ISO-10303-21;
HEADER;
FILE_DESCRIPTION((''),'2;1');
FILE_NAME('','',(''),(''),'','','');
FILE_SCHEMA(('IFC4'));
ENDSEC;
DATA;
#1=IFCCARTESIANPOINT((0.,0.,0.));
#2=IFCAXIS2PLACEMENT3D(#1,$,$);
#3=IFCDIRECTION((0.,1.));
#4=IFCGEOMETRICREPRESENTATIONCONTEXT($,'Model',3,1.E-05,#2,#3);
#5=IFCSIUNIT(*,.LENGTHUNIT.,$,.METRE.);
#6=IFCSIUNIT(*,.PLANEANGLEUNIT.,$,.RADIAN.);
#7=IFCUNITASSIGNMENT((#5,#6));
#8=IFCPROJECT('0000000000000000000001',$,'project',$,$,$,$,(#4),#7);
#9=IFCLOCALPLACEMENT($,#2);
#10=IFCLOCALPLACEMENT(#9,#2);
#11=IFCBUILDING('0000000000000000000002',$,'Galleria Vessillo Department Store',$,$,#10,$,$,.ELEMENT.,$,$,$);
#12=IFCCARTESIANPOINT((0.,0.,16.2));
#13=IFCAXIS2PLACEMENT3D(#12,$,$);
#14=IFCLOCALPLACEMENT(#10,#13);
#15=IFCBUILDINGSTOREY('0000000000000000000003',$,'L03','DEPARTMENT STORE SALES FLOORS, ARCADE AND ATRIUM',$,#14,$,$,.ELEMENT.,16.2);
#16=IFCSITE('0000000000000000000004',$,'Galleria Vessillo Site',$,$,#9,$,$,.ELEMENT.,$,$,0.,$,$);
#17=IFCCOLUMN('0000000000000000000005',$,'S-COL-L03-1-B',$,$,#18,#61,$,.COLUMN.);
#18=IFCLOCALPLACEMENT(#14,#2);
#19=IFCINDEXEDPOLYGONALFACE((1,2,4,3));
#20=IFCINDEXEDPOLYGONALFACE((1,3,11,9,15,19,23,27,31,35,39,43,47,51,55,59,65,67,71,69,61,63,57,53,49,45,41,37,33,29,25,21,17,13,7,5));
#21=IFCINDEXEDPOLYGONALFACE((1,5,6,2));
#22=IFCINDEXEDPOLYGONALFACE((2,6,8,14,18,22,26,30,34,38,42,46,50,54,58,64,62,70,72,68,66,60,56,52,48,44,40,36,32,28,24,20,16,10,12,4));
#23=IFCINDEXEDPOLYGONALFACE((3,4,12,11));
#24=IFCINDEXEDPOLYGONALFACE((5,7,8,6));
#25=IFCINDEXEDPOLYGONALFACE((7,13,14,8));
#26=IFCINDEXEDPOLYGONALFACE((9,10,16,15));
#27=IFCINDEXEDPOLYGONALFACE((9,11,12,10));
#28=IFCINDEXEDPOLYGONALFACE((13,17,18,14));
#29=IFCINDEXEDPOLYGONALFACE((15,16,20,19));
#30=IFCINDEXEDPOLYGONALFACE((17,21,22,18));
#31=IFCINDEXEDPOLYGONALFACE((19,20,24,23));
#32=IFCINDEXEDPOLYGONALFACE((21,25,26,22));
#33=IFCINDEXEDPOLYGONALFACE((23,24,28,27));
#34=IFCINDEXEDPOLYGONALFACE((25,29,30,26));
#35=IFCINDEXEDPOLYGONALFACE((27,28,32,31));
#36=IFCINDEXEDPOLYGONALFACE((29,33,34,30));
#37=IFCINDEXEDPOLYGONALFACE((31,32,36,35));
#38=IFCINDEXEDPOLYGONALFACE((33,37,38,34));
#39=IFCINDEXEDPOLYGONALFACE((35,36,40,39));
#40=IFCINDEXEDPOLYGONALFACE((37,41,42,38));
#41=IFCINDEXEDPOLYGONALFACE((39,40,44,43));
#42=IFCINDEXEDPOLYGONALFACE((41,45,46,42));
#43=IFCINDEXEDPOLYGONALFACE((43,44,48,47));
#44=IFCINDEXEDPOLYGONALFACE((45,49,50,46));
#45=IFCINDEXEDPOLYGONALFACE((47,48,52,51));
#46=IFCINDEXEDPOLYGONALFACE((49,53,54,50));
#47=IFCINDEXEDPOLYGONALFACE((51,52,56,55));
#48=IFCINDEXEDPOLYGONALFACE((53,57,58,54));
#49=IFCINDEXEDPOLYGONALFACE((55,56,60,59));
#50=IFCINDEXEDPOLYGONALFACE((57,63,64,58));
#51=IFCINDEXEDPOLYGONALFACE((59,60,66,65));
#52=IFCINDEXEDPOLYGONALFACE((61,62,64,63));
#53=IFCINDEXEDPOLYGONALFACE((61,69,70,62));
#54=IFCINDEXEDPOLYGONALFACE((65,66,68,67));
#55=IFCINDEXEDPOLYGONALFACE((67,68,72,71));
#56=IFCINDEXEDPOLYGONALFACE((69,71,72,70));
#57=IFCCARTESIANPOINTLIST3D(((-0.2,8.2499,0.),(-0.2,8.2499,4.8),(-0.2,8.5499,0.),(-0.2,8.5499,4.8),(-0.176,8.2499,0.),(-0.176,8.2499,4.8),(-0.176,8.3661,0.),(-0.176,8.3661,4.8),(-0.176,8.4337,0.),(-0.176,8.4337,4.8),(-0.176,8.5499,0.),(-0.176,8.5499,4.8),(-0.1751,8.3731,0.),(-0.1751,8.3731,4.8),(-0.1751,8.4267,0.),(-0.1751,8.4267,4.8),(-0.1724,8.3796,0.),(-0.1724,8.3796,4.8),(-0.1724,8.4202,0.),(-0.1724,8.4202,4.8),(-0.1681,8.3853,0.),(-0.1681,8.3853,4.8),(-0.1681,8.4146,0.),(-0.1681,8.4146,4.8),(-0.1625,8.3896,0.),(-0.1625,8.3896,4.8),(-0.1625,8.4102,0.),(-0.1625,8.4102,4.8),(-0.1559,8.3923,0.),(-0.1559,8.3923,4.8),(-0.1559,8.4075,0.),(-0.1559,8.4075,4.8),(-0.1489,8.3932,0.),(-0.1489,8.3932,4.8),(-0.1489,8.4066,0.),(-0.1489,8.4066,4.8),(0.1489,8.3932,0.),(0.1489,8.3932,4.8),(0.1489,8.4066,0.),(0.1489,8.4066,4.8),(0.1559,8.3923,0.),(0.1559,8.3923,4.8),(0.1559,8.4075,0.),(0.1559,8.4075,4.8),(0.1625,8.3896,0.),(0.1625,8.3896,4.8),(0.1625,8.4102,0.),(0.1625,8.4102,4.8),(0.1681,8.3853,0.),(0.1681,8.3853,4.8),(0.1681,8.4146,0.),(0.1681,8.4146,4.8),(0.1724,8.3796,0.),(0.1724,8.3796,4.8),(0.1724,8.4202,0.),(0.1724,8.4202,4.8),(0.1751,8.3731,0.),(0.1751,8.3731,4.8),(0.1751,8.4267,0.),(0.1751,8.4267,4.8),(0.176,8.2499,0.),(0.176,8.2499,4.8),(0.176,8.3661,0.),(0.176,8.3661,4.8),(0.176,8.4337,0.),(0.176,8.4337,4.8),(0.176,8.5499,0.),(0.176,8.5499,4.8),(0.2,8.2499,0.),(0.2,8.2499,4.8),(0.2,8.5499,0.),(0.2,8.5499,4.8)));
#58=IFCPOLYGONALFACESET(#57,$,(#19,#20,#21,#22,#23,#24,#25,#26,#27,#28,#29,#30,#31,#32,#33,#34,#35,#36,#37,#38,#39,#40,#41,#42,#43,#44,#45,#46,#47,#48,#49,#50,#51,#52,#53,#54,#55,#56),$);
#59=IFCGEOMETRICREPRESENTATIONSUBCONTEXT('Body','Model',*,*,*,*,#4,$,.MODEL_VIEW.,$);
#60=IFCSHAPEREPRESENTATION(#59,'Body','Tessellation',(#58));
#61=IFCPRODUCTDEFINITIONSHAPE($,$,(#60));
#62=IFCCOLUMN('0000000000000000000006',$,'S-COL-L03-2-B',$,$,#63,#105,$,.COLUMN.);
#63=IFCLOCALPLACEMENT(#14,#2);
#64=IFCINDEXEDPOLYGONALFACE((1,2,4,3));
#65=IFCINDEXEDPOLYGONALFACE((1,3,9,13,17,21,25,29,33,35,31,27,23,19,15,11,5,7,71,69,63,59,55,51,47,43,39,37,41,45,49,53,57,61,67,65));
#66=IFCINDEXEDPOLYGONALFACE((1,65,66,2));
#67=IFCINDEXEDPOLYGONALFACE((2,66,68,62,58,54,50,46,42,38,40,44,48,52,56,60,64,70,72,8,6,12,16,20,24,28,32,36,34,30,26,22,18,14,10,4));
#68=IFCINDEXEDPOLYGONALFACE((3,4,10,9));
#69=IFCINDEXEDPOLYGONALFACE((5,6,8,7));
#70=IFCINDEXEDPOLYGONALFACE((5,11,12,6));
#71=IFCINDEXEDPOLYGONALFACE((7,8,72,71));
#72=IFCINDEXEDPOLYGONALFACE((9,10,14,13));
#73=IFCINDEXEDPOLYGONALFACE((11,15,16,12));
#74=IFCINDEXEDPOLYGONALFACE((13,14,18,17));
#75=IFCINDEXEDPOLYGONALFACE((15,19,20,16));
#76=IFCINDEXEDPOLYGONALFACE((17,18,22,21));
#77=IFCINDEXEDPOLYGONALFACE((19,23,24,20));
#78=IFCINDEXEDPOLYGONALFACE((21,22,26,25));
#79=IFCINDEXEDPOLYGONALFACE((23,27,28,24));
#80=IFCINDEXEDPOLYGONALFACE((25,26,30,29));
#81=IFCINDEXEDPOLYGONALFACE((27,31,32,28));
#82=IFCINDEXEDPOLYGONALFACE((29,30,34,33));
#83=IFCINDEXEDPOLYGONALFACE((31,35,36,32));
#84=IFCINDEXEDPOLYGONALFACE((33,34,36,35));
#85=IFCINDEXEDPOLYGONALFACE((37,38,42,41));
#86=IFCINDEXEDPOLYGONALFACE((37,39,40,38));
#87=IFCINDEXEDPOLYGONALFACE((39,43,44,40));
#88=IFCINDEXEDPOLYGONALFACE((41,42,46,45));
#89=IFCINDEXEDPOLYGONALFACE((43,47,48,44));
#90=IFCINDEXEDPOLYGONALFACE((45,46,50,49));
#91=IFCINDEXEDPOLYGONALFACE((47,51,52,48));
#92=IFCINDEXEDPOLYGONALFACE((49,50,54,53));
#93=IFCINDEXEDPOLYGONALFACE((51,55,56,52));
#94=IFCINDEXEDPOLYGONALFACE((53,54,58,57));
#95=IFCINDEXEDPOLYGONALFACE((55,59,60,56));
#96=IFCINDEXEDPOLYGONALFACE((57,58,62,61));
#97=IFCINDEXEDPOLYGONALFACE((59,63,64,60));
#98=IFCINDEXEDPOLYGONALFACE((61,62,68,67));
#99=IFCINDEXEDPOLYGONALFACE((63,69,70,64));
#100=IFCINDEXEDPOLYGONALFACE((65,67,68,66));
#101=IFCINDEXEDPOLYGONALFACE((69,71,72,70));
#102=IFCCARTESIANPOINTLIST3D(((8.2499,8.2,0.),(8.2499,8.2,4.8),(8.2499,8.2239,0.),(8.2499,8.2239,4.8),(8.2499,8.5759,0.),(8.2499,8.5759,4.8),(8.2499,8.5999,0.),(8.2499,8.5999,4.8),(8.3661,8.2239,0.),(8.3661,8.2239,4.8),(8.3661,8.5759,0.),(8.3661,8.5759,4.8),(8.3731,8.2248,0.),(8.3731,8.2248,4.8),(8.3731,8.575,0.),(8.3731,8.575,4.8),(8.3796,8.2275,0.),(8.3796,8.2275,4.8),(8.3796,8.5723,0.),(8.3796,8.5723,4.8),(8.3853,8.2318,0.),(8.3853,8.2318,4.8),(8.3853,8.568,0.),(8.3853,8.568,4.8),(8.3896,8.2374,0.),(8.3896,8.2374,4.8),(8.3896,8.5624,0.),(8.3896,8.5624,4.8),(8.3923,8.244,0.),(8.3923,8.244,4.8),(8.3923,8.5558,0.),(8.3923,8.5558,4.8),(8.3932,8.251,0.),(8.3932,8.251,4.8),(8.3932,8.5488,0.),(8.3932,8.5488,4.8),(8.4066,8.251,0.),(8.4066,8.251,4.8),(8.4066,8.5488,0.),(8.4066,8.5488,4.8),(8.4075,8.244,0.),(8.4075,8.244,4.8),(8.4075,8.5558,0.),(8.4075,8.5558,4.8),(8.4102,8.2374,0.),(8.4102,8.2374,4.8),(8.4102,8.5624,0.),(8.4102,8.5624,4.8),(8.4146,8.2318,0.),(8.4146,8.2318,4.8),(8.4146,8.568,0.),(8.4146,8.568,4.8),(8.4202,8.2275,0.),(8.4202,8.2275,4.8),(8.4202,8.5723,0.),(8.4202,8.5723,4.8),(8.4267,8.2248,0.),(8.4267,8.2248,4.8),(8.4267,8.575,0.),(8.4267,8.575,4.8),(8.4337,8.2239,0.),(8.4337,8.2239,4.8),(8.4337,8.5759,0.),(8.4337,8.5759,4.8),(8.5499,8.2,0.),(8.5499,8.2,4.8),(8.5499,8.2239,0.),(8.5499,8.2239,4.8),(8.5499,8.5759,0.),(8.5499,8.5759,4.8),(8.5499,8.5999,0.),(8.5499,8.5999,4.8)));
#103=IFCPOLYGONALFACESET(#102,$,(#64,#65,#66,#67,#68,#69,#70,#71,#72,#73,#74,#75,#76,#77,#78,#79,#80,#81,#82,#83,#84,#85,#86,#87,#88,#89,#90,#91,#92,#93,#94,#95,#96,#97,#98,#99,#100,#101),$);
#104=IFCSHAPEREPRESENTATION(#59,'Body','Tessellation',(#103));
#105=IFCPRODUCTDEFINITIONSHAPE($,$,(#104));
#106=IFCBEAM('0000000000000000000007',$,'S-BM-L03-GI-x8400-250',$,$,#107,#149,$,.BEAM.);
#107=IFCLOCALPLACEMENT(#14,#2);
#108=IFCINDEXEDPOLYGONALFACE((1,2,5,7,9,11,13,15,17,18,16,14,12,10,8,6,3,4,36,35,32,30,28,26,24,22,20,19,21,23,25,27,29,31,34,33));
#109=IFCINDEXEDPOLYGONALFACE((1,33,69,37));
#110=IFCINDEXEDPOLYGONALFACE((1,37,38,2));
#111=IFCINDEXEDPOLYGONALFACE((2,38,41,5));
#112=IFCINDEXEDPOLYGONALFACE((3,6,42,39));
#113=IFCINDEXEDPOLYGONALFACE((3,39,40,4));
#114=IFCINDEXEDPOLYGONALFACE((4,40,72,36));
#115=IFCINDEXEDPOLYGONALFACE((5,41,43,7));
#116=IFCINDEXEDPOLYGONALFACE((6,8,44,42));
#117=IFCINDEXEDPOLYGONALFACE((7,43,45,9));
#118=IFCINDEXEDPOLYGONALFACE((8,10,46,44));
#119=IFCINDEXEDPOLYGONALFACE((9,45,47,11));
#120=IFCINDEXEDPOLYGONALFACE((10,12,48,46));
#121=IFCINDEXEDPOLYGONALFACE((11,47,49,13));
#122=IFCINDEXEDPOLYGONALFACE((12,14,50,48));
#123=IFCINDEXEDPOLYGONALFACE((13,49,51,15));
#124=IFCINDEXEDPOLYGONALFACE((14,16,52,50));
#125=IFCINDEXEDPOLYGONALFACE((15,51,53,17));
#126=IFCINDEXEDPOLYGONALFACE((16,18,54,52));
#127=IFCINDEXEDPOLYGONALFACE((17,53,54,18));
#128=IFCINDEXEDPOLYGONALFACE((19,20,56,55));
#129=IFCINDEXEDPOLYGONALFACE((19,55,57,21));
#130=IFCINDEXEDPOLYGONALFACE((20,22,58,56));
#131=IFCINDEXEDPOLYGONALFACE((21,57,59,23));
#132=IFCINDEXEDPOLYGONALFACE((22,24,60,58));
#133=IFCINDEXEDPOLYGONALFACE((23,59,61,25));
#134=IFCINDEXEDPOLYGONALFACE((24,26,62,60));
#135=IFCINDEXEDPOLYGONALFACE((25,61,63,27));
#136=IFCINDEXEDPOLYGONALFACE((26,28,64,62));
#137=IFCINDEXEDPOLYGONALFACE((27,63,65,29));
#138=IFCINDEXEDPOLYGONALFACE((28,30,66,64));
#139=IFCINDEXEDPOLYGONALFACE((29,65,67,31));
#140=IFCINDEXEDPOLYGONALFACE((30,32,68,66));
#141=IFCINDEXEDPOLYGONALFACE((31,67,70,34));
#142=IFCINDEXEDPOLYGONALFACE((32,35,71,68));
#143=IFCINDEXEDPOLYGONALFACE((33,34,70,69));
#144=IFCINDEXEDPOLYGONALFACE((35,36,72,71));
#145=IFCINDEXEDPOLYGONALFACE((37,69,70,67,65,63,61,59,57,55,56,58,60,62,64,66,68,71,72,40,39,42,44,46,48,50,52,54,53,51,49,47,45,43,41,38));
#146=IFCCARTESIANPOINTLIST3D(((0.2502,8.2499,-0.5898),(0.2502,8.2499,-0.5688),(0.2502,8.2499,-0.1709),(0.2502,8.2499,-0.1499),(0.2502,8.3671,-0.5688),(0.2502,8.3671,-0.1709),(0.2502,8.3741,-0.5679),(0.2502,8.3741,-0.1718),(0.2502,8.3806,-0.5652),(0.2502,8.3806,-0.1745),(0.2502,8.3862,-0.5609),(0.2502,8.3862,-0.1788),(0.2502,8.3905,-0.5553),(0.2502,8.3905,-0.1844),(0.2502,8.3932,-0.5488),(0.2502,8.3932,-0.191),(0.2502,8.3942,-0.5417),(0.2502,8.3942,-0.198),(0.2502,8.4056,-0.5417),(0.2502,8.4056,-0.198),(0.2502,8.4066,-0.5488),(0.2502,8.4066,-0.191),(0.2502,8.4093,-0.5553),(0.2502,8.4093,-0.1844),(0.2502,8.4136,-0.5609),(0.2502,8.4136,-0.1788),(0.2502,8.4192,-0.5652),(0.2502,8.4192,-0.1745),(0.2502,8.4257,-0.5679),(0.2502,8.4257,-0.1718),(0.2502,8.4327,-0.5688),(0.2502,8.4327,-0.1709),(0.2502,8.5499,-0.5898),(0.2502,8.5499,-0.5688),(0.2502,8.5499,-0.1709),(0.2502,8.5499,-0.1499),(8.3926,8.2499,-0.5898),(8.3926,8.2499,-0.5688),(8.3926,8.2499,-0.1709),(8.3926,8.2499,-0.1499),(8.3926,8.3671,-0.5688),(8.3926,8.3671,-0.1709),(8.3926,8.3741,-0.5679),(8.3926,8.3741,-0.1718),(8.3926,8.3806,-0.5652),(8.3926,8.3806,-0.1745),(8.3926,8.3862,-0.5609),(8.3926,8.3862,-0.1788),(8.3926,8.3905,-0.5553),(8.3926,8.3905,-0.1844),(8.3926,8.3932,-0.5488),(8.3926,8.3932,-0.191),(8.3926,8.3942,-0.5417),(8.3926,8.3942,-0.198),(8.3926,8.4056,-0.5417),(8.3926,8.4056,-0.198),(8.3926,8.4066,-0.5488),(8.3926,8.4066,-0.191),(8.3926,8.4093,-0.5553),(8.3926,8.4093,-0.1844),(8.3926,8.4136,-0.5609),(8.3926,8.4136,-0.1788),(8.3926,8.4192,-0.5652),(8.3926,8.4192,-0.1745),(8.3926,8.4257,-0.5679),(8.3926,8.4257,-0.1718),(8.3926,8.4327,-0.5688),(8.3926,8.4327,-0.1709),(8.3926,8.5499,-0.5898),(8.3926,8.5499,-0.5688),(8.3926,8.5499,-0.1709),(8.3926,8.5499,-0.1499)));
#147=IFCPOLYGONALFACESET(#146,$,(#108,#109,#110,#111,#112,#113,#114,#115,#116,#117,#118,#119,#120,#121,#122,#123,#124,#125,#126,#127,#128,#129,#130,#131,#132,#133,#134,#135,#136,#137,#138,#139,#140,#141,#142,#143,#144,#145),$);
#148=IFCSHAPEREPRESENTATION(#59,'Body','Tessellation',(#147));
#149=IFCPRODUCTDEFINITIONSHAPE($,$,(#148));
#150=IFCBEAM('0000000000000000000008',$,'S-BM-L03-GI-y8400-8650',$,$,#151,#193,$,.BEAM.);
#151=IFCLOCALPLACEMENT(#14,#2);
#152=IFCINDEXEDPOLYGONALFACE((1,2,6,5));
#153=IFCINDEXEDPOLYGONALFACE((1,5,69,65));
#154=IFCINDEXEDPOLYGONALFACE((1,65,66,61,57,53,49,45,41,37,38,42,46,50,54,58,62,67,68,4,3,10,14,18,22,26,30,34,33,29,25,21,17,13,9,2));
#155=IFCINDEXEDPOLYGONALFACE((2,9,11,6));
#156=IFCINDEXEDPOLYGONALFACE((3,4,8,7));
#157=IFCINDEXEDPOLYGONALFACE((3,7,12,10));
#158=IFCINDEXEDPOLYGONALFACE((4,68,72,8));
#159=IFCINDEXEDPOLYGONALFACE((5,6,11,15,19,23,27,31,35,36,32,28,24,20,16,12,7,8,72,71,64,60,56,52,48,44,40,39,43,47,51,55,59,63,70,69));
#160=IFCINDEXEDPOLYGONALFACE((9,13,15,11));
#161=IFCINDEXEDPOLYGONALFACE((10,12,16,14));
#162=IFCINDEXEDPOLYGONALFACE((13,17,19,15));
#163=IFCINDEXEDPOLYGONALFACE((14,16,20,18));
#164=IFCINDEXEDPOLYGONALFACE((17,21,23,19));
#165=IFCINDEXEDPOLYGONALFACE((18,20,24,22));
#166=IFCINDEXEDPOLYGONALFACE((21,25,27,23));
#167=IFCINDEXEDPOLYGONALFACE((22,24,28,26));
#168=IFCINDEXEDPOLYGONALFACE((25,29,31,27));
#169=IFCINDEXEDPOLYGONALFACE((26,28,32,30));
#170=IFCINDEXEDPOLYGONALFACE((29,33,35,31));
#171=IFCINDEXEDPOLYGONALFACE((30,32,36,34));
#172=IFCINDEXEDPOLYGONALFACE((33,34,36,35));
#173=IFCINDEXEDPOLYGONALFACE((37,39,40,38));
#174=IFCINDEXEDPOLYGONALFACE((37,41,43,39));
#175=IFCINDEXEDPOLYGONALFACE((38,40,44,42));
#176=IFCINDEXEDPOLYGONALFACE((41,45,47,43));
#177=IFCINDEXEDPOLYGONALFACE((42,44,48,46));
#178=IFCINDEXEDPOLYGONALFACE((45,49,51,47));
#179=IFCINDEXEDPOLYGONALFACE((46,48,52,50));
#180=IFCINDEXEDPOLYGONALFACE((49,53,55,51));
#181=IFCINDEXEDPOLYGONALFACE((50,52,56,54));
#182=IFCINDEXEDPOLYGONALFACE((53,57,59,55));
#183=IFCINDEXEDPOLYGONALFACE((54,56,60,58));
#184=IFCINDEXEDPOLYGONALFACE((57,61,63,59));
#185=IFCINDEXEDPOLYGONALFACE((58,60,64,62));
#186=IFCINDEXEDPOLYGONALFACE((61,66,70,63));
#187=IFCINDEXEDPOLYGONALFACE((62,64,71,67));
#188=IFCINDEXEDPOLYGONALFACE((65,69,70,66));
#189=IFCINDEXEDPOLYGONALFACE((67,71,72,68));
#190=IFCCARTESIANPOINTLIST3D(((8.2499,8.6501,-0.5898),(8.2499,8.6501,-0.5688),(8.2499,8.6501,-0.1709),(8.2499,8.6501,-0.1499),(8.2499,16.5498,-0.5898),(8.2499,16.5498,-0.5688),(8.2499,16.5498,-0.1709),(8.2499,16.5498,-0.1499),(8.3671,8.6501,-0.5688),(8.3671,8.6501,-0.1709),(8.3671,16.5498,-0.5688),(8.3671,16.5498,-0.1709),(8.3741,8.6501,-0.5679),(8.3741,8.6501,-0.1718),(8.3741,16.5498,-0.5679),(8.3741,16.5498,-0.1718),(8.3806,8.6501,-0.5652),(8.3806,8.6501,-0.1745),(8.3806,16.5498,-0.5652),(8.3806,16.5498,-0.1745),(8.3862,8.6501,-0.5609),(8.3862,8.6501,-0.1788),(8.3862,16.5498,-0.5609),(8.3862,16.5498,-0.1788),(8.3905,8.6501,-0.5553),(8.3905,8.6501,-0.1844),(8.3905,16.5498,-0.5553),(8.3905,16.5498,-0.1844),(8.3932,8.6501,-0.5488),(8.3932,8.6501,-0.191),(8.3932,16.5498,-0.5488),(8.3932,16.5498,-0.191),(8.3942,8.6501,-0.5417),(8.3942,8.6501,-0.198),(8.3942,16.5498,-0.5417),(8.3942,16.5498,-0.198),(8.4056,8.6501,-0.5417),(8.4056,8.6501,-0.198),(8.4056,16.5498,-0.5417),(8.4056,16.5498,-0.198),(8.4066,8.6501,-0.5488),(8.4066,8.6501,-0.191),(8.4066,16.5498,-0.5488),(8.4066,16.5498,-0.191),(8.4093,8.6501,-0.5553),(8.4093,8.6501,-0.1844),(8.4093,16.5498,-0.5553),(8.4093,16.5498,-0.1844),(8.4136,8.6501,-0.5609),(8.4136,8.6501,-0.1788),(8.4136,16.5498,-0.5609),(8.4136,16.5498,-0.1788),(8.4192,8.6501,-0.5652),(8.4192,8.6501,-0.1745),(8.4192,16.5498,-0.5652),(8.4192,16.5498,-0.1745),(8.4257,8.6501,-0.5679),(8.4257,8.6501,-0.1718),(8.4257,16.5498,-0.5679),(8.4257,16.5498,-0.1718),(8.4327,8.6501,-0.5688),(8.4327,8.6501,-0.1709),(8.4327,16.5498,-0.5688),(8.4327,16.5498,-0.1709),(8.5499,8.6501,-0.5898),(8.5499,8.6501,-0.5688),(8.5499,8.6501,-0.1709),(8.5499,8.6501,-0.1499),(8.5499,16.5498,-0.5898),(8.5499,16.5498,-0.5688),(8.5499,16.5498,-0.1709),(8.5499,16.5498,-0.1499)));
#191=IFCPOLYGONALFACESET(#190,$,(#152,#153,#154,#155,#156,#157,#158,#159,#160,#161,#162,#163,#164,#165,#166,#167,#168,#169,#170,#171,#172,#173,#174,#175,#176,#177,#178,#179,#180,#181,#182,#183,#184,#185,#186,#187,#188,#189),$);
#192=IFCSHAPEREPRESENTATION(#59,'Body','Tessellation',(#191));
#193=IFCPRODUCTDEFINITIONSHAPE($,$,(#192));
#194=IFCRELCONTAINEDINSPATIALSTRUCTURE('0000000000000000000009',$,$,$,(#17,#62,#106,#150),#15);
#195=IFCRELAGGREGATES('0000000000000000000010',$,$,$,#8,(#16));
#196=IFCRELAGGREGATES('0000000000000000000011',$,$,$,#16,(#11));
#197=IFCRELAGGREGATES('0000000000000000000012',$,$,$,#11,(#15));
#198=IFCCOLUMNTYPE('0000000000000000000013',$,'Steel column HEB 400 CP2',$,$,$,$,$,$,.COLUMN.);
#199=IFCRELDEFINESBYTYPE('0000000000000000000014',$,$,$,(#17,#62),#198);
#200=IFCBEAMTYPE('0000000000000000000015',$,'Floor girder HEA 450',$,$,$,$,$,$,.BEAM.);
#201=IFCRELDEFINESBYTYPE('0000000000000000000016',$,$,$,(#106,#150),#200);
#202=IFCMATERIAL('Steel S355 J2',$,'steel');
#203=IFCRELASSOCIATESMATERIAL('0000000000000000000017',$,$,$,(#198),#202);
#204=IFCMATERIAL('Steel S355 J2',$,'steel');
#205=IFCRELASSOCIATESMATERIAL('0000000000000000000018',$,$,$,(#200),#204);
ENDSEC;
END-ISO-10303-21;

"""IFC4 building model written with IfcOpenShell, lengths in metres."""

from ifc_helpers import new_model, si_unit, direction, frame, origin, origin_2d, place, context, subcontext, project, spatial, i_section, extrude, material, material_profile, profile_set, type_object, element, save


model = new_model("IFC4")

# Units and contexts
model_context = context("Model", 3, precision=1e-05, world=origin(), true_north=direction((0.0, 1.0)))
body_context = subcontext(model_context, "Body", "Model", "MODEL_VIEW")
ifc_project = project(units=[si_unit("LENGTHUNIT", "METRE"), si_unit("PLANEANGLEUNIT", "RADIAN")], contexts=[model_context])

# Site, building, storey
site_placement = place(None, origin())
site = spatial("IfcSite", under=ifc_project, at=site_placement, Name="Galleria Vessillo Site", CompositionType="ELEMENT", RefElevation=0.0)
building_placement = place(site_placement, origin())
building = spatial("IfcBuilding", under=site, at=building_placement, Name="Galleria Vessillo Department Store", CompositionType="ELEMENT")
storey_placement = place(building_placement, frame((0.0, 0.0, 16.2)))
storey = spatial("IfcBuildingStorey", under=building, at=storey_placement, Name="L03", Description="DEPARTMENT STORE SALES FLOORS, ARCADE AND ATRIUM", CompositionType="ELEMENT", Elevation=16.2)

# Columns
ifc_material_1 = material(Name="Steel S355 J2", Category="steel")
ifc_material_profile_1 = material_profile(ifc_material_1, i_section(OverallWidth=0.3, OverallDepth=0.3999, WebThickness=0.0134, FlangeThickness=0.0239, FilletRadius=0.0271, at=origin_2d()), Name="HEB 400")
ifc_profile_set_1 = profile_set([ifc_material_profile_1], Name="Steel S355 J2")
column_type = type_object("IfcColumnType", Name="Steel column HEB 400 CP2", PredefinedType="COLUMN", material=ifc_profile_set_1)
for number, where, z_axis, x_axis, name in (
    (1, (0.0, 8.3999, 0.0), (0.0, 0.0, 1.0), (0.0, 1.0, 0.0), "S-COL-L03-1-B"),
    (2, (8.3999, 8.3999, 0.0), (0.0, 0.0, 1.0), (1.0, 0.0, 0.0), "S-COL-L03-2-B"),
):
    element("IfcColumn", number, at=place(storey_placement, frame(where, z_axis=z_axis, x_axis=x_axis)), inside=storey, type_object=column_type, Name=name, PredefinedType="COLUMN", context=body_context, shape_type="SweptSolid", body=[
        extrude(i_section(OverallWidth=0.3, OverallDepth=0.3999, WebThickness=0.0134, FlangeThickness=0.0239, FilletRadius=0.0271, at=origin_2d()), origin(), (0.0, 0.0, 1.0), 4.8),
    ])

# Beams
ifc_material_2 = material(Name="Steel S355 J2", Category="steel")
ifc_material_profile_2 = material_profile(ifc_material_2, i_section(OverallWidth=0.3, OverallDepth=0.4399, WebThickness=0.0115, FlangeThickness=0.021, FilletRadius=0.0271, at=origin_2d()), Name="HEA 450")
ifc_profile_set_2 = profile_set([ifc_material_profile_2], Name="Steel S355 J2")
beam_type_1 = type_object("IfcBeamType", Name="Floor girder HEA 450", PredefinedType="BEAM", material=ifc_profile_set_2)
beam_1_placement = place(storey_placement, frame((0.2502, 8.3999, -0.3699), z_axis=(1.0, 0.0, 0.0), x_axis=(0.0, 1.0, 0.0)))
element("IfcBeam", 3, at=beam_1_placement, inside=storey, type_object=beam_type_1, Name="S-BM-L03-GI-x8400-250", PredefinedType="BEAM", context=body_context, shape_type="SweptSolid", body=[
    extrude(i_section(OverallWidth=0.3, OverallDepth=0.4399, WebThickness=0.0115, FlangeThickness=0.021, FilletRadius=0.0271, at=origin_2d()), origin(), (0.0, 0.0, 1.0), 8.1423),
])
beam_2_placement = place(storey_placement, frame((8.3999, 8.6501, -0.3699), z_axis=(0.0, 1.0, 0.0), x_axis=(-1.0, 0.0, 0.0)))
element("IfcBeam", 4, at=beam_2_placement, inside=storey, type_object=beam_type_1, Name="S-BM-L03-GI-y8400-8650", PredefinedType="BEAM", context=body_context, shape_type="SweptSolid", body=[
    extrude(i_section(OverallWidth=0.3, OverallDepth=0.4399, WebThickness=0.0115, FlangeThickness=0.021, FilletRadius=0.0271, at=origin_2d()), origin(), (0.0, 0.0, 1.0), 7.8997),
])

save(model, "model.ifc")
